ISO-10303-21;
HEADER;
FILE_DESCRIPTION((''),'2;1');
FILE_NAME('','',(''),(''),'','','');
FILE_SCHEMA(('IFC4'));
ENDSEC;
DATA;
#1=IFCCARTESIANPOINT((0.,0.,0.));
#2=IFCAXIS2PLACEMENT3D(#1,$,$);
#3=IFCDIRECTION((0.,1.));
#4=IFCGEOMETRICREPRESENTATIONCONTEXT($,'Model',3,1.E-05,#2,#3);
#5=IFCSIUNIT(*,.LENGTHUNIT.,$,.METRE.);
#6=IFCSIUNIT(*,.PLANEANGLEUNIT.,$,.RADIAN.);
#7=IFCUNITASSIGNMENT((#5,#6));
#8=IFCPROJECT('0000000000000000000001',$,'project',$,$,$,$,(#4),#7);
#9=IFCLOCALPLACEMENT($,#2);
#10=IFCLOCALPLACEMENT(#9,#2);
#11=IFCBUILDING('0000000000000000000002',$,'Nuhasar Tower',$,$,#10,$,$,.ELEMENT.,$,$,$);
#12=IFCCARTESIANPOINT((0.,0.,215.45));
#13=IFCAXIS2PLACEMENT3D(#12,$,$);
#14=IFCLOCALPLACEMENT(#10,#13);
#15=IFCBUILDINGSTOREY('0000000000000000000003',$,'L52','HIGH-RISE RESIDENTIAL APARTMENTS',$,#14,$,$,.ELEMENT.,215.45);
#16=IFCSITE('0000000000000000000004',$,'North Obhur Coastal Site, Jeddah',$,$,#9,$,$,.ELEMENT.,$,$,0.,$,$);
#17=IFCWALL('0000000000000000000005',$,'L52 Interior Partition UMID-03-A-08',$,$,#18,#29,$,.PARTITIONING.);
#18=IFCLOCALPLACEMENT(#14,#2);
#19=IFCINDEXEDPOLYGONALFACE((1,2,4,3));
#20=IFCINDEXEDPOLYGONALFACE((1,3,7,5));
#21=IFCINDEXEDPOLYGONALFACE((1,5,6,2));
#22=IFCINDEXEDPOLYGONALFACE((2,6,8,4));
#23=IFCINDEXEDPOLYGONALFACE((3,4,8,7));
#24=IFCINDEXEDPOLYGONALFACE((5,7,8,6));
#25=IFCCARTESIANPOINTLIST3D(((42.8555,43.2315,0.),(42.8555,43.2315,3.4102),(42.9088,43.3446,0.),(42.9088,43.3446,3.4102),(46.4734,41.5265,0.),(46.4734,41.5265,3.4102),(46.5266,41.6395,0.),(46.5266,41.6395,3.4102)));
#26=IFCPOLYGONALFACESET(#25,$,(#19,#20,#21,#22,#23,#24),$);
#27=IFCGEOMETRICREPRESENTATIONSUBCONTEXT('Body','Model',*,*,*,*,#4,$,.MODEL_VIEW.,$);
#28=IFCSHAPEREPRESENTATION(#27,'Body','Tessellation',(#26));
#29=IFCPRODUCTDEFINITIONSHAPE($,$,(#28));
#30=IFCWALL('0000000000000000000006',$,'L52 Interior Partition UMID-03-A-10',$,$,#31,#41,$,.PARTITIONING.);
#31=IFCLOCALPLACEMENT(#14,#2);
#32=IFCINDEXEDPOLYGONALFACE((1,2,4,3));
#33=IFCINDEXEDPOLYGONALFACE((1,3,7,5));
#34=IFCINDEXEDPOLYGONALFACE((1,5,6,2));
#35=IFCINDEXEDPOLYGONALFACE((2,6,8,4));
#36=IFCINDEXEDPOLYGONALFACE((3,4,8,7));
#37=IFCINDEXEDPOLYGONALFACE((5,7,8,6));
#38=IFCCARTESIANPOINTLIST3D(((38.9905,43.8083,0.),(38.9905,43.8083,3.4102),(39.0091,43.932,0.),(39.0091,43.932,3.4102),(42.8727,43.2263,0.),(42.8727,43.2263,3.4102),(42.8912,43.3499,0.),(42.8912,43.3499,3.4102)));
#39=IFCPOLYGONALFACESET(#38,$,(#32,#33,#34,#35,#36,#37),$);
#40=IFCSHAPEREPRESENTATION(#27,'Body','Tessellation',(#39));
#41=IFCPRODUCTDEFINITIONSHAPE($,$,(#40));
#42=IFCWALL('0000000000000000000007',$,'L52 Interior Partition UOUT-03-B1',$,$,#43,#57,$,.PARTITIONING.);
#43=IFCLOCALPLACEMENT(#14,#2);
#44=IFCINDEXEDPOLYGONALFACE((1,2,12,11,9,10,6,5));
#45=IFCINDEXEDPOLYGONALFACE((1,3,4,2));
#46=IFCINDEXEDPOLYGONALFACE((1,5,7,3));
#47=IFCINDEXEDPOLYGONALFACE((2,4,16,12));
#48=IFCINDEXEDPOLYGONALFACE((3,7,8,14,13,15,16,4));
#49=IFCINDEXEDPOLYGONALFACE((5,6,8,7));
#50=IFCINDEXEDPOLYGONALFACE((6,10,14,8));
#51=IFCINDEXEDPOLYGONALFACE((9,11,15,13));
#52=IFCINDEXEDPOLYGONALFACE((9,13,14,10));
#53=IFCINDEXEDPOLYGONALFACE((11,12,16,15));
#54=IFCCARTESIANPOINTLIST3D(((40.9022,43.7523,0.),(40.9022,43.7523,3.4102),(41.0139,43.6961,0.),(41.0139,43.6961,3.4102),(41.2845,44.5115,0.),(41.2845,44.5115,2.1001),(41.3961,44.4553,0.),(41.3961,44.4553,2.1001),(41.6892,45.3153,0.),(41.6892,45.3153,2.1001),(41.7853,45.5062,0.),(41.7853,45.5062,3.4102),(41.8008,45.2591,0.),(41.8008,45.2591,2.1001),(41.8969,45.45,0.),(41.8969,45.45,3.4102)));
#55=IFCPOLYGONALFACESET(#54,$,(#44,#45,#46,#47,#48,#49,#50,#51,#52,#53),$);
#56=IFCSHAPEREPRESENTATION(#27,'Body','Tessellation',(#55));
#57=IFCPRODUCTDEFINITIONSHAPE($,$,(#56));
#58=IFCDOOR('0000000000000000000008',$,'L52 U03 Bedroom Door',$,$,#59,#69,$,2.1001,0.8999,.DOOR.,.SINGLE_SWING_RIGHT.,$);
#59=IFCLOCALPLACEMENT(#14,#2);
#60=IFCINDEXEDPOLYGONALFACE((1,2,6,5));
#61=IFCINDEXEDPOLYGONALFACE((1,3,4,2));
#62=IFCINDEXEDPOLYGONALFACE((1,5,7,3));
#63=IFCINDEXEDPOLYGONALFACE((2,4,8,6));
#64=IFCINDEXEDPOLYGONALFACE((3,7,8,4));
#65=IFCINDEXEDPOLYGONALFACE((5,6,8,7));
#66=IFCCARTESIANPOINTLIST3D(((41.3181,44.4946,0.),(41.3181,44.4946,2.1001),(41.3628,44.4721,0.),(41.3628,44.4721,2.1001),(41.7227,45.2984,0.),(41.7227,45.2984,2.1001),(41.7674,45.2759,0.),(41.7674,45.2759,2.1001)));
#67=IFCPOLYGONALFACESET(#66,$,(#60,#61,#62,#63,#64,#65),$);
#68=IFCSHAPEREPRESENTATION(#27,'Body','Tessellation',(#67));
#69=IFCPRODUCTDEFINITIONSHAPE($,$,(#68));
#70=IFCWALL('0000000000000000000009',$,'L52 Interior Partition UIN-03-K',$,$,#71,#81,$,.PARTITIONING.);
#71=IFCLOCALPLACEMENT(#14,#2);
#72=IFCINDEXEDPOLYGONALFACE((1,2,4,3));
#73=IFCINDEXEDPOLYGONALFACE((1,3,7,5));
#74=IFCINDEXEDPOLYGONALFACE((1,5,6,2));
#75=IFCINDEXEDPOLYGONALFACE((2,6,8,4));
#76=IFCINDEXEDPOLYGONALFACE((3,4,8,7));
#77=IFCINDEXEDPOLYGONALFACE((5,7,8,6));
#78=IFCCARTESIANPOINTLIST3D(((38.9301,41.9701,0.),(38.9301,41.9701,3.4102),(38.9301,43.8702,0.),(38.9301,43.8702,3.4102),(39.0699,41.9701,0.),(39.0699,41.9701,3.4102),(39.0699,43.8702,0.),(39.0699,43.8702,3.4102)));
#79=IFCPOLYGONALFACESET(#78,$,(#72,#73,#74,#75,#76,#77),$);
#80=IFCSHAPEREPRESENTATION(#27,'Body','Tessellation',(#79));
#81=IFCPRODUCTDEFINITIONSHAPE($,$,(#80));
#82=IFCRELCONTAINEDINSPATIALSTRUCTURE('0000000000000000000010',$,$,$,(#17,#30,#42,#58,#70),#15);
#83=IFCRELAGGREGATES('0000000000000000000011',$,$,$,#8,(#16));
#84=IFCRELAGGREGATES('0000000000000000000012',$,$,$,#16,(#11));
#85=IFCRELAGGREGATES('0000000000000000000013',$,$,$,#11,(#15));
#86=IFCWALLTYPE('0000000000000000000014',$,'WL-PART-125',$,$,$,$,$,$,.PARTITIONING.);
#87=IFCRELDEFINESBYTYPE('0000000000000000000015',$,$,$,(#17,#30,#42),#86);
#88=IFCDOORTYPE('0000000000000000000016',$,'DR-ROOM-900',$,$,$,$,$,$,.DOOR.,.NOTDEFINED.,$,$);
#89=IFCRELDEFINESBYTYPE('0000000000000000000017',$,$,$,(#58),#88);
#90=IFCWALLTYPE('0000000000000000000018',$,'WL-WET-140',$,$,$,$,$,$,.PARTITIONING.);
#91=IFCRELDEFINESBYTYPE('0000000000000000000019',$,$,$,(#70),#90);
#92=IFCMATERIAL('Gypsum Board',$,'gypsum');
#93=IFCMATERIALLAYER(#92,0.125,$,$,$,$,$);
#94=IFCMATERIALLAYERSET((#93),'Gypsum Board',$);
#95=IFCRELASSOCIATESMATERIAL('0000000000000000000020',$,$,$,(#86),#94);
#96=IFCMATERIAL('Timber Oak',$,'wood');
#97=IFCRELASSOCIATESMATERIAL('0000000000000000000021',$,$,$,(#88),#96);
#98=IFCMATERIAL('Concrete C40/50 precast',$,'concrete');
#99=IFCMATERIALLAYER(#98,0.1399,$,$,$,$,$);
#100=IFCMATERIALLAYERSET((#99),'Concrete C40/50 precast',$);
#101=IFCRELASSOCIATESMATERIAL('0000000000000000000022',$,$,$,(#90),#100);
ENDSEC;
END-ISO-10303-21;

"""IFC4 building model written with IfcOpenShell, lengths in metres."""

from ifc_helpers import new_model, si_unit, direction, frame, frame_2d, origin, place, context, subcontext, project, spatial, rectangle, extrude, material, layer, layer_set, type_object, element, fill, save


model = new_model("IFC4")

# Units and contexts
model_context = context("Model", 3, precision=1e-05, world=origin(), true_north=direction((0.0, 1.0)))
body_context = subcontext(model_context, "Body", "Model", "MODEL_VIEW")
ifc_project = project(units=[si_unit("LENGTHUNIT", "METRE"), si_unit("PLANEANGLEUNIT", "RADIAN")], contexts=[model_context])

# Site, building, storey
site_placement = place(None, origin())
site = spatial("IfcSite", under=ifc_project, at=site_placement, Name="North Obhur Coastal Site, Jeddah", CompositionType="ELEMENT", RefElevation=0.0)
building_placement = place(site_placement, origin())
building = spatial("IfcBuilding", under=site, at=building_placement, Name="Nuhasar Tower", CompositionType="ELEMENT")
storey_placement = place(building_placement, frame((0.0, 0.0, 215.45)))
storey = spatial("IfcBuildingStorey", under=building, at=storey_placement, Name="L52", Description="HIGH-RISE RESIDENTIAL APARTMENTS", CompositionType="ELEMENT", Elevation=215.45)

# Shared definitions
ifc_material_1 = material(Name="Gypsum Board", Category="gypsum")

# Shared definitions
ifc_layer_1 = layer(ifc_material_1, 0.125)
ifc_layer_set_1 = layer_set([ifc_layer_1], Name="Gypsum Board")
wall_type_1 = type_object("IfcWallType", Name="WL-PART-125", PredefinedType="PARTITIONING", material=ifc_layer_set_1)
ifc_material_2 = material(Name="Timber Oak", Category="wood")
door_type = type_object("IfcDoorType", Name="DR-ROOM-900", OperationType="NOTDEFINED", PredefinedType="DOOR", material=ifc_material_2)

# Walls
wall_1_placement = place(storey_placement, frame((46.5, 41.583, 0.0), z_axis=(0.0, 0.0, 1.0), x_axis=(-0.904575, 0.426314, 0.0)))
element("IfcWall", 1, at=wall_1_placement, inside=storey, type_object=wall_type_1, Name="L52 Interior Partition UMID-03-A-08", PredefinedType="PARTITIONING", context=body_context, shape_type="SweptSolid", body=[
    extrude(rectangle(XDim=3.9995, YDim=0.125, at=frame_2d((1.9998, 0.0))), origin(), (0.0, 0.0, 1.0), 3.4102),
])
wall_2_placement = place(storey_placement, frame((42.8821, 43.2881, 0.0), z_axis=(0.0, 0.0, 1.0), x_axis=(-0.988947, 0.148271, 0.0)))
element("IfcWall", 2, at=wall_2_placement, inside=storey, type_object=wall_type_1, Name="L52 Interior Partition UMID-03-A-10", PredefinedType="PARTITIONING", context=body_context, shape_type="SweptSolid", body=[
    extrude(rectangle(XDim=3.9255, YDim=0.125, at=frame_2d((1.9629, 0.0))), origin(), (0.0, 0.0, 1.0), 3.4102),
])

# Wall, opening, door
wall_3_placement = place(storey_placement, frame((40.958, 43.7241, 0.0), z_axis=(0.0, 0.0, 1.0), x_axis=(0.449698, 0.89318, 0.0)))
wall_3 = element("IfcWall", 3, at=wall_3_placement, inside=storey, type_object=wall_type_1, Name="L52 Interior Partition UOUT-03-B1", PredefinedType="PARTITIONING", context=body_context, shape_type="SweptSolid", body=[
    extrude(rectangle(XDim=1.9636, YDim=0.125, at=frame_2d((0.9819, 0.0))), origin(), (0.0, 0.0, 1.0), 3.4102),
])
opening_1_placement = place(wall_3_placement, frame((0.8501, 0.0, 0.0)))
opening_1 = element("IfcOpeningElement", 4, at=opening_1_placement, cuts=wall_3, PredefinedType="OPENING", context=body_context, shape_type="SweptSolid", body=[
    extrude(rectangle(XDim=0.8999, YDim=2.1001, at=frame_2d((0.45, 1.05))), frame((0.0, 0.0725, 0.0), z_axis=(0.0, -1.0, 0.0), x_axis=(1.0, 0.0, 0.0)), (0.0, 0.0, 1.0), 0.145),
])
door_1_placement = place(opening_1_placement, origin())
door_1 = element("IfcDoor", 5, at=door_1_placement, inside=storey, type_object=door_type, Name="L52 U03 Bedroom Door", OperationType="SINGLE_SWING_RIGHT", OverallHeight=2.1001, OverallWidth=0.8999, PredefinedType="DOOR", context=body_context, shape_type="SweptSolid", body=[
    extrude(rectangle(XDim=0.8999, YDim=2.1001, at=frame_2d((0.45, 1.05))), frame((0.0, 0.0249, 0.0), z_axis=(0.0, -1.0, 0.0), x_axis=(1.0, 0.0, 0.0)), (0.0, 0.0, 1.0), 0.05),
])
fill(opening_1, door_1)

# Wall
ifc_material_3 = material(Name="Concrete C40/50 precast", Category="concrete")
ifc_layer_2 = layer(ifc_material_3, 0.1399)
ifc_layer_set_2 = layer_set([ifc_layer_2], Name="Concrete C40/50 precast")
wall_type_2 = type_object("IfcWallType", Name="WL-WET-140", PredefinedType="PARTITIONING", material=ifc_layer_set_2)
wall_4_placement = place(storey_placement, frame((39.0, 41.97, 0.0), z_axis=(0.0, 0.0, 1.0), x_axis=(0.0, 1.0, 0.0)))
element("IfcWall", 6, at=wall_4_placement, inside=storey, type_object=wall_type_2, Name="L52 Interior Partition UIN-03-K", PredefinedType="PARTITIONING", context=body_context, shape_type="SweptSolid", body=[
    extrude(rectangle(XDim=1.9001, YDim=0.1399, at=frame_2d((0.9502, 0.0))), origin(), (0.0, 0.0, 1.0), 3.4102),
])

save(model, "model.ifc")
